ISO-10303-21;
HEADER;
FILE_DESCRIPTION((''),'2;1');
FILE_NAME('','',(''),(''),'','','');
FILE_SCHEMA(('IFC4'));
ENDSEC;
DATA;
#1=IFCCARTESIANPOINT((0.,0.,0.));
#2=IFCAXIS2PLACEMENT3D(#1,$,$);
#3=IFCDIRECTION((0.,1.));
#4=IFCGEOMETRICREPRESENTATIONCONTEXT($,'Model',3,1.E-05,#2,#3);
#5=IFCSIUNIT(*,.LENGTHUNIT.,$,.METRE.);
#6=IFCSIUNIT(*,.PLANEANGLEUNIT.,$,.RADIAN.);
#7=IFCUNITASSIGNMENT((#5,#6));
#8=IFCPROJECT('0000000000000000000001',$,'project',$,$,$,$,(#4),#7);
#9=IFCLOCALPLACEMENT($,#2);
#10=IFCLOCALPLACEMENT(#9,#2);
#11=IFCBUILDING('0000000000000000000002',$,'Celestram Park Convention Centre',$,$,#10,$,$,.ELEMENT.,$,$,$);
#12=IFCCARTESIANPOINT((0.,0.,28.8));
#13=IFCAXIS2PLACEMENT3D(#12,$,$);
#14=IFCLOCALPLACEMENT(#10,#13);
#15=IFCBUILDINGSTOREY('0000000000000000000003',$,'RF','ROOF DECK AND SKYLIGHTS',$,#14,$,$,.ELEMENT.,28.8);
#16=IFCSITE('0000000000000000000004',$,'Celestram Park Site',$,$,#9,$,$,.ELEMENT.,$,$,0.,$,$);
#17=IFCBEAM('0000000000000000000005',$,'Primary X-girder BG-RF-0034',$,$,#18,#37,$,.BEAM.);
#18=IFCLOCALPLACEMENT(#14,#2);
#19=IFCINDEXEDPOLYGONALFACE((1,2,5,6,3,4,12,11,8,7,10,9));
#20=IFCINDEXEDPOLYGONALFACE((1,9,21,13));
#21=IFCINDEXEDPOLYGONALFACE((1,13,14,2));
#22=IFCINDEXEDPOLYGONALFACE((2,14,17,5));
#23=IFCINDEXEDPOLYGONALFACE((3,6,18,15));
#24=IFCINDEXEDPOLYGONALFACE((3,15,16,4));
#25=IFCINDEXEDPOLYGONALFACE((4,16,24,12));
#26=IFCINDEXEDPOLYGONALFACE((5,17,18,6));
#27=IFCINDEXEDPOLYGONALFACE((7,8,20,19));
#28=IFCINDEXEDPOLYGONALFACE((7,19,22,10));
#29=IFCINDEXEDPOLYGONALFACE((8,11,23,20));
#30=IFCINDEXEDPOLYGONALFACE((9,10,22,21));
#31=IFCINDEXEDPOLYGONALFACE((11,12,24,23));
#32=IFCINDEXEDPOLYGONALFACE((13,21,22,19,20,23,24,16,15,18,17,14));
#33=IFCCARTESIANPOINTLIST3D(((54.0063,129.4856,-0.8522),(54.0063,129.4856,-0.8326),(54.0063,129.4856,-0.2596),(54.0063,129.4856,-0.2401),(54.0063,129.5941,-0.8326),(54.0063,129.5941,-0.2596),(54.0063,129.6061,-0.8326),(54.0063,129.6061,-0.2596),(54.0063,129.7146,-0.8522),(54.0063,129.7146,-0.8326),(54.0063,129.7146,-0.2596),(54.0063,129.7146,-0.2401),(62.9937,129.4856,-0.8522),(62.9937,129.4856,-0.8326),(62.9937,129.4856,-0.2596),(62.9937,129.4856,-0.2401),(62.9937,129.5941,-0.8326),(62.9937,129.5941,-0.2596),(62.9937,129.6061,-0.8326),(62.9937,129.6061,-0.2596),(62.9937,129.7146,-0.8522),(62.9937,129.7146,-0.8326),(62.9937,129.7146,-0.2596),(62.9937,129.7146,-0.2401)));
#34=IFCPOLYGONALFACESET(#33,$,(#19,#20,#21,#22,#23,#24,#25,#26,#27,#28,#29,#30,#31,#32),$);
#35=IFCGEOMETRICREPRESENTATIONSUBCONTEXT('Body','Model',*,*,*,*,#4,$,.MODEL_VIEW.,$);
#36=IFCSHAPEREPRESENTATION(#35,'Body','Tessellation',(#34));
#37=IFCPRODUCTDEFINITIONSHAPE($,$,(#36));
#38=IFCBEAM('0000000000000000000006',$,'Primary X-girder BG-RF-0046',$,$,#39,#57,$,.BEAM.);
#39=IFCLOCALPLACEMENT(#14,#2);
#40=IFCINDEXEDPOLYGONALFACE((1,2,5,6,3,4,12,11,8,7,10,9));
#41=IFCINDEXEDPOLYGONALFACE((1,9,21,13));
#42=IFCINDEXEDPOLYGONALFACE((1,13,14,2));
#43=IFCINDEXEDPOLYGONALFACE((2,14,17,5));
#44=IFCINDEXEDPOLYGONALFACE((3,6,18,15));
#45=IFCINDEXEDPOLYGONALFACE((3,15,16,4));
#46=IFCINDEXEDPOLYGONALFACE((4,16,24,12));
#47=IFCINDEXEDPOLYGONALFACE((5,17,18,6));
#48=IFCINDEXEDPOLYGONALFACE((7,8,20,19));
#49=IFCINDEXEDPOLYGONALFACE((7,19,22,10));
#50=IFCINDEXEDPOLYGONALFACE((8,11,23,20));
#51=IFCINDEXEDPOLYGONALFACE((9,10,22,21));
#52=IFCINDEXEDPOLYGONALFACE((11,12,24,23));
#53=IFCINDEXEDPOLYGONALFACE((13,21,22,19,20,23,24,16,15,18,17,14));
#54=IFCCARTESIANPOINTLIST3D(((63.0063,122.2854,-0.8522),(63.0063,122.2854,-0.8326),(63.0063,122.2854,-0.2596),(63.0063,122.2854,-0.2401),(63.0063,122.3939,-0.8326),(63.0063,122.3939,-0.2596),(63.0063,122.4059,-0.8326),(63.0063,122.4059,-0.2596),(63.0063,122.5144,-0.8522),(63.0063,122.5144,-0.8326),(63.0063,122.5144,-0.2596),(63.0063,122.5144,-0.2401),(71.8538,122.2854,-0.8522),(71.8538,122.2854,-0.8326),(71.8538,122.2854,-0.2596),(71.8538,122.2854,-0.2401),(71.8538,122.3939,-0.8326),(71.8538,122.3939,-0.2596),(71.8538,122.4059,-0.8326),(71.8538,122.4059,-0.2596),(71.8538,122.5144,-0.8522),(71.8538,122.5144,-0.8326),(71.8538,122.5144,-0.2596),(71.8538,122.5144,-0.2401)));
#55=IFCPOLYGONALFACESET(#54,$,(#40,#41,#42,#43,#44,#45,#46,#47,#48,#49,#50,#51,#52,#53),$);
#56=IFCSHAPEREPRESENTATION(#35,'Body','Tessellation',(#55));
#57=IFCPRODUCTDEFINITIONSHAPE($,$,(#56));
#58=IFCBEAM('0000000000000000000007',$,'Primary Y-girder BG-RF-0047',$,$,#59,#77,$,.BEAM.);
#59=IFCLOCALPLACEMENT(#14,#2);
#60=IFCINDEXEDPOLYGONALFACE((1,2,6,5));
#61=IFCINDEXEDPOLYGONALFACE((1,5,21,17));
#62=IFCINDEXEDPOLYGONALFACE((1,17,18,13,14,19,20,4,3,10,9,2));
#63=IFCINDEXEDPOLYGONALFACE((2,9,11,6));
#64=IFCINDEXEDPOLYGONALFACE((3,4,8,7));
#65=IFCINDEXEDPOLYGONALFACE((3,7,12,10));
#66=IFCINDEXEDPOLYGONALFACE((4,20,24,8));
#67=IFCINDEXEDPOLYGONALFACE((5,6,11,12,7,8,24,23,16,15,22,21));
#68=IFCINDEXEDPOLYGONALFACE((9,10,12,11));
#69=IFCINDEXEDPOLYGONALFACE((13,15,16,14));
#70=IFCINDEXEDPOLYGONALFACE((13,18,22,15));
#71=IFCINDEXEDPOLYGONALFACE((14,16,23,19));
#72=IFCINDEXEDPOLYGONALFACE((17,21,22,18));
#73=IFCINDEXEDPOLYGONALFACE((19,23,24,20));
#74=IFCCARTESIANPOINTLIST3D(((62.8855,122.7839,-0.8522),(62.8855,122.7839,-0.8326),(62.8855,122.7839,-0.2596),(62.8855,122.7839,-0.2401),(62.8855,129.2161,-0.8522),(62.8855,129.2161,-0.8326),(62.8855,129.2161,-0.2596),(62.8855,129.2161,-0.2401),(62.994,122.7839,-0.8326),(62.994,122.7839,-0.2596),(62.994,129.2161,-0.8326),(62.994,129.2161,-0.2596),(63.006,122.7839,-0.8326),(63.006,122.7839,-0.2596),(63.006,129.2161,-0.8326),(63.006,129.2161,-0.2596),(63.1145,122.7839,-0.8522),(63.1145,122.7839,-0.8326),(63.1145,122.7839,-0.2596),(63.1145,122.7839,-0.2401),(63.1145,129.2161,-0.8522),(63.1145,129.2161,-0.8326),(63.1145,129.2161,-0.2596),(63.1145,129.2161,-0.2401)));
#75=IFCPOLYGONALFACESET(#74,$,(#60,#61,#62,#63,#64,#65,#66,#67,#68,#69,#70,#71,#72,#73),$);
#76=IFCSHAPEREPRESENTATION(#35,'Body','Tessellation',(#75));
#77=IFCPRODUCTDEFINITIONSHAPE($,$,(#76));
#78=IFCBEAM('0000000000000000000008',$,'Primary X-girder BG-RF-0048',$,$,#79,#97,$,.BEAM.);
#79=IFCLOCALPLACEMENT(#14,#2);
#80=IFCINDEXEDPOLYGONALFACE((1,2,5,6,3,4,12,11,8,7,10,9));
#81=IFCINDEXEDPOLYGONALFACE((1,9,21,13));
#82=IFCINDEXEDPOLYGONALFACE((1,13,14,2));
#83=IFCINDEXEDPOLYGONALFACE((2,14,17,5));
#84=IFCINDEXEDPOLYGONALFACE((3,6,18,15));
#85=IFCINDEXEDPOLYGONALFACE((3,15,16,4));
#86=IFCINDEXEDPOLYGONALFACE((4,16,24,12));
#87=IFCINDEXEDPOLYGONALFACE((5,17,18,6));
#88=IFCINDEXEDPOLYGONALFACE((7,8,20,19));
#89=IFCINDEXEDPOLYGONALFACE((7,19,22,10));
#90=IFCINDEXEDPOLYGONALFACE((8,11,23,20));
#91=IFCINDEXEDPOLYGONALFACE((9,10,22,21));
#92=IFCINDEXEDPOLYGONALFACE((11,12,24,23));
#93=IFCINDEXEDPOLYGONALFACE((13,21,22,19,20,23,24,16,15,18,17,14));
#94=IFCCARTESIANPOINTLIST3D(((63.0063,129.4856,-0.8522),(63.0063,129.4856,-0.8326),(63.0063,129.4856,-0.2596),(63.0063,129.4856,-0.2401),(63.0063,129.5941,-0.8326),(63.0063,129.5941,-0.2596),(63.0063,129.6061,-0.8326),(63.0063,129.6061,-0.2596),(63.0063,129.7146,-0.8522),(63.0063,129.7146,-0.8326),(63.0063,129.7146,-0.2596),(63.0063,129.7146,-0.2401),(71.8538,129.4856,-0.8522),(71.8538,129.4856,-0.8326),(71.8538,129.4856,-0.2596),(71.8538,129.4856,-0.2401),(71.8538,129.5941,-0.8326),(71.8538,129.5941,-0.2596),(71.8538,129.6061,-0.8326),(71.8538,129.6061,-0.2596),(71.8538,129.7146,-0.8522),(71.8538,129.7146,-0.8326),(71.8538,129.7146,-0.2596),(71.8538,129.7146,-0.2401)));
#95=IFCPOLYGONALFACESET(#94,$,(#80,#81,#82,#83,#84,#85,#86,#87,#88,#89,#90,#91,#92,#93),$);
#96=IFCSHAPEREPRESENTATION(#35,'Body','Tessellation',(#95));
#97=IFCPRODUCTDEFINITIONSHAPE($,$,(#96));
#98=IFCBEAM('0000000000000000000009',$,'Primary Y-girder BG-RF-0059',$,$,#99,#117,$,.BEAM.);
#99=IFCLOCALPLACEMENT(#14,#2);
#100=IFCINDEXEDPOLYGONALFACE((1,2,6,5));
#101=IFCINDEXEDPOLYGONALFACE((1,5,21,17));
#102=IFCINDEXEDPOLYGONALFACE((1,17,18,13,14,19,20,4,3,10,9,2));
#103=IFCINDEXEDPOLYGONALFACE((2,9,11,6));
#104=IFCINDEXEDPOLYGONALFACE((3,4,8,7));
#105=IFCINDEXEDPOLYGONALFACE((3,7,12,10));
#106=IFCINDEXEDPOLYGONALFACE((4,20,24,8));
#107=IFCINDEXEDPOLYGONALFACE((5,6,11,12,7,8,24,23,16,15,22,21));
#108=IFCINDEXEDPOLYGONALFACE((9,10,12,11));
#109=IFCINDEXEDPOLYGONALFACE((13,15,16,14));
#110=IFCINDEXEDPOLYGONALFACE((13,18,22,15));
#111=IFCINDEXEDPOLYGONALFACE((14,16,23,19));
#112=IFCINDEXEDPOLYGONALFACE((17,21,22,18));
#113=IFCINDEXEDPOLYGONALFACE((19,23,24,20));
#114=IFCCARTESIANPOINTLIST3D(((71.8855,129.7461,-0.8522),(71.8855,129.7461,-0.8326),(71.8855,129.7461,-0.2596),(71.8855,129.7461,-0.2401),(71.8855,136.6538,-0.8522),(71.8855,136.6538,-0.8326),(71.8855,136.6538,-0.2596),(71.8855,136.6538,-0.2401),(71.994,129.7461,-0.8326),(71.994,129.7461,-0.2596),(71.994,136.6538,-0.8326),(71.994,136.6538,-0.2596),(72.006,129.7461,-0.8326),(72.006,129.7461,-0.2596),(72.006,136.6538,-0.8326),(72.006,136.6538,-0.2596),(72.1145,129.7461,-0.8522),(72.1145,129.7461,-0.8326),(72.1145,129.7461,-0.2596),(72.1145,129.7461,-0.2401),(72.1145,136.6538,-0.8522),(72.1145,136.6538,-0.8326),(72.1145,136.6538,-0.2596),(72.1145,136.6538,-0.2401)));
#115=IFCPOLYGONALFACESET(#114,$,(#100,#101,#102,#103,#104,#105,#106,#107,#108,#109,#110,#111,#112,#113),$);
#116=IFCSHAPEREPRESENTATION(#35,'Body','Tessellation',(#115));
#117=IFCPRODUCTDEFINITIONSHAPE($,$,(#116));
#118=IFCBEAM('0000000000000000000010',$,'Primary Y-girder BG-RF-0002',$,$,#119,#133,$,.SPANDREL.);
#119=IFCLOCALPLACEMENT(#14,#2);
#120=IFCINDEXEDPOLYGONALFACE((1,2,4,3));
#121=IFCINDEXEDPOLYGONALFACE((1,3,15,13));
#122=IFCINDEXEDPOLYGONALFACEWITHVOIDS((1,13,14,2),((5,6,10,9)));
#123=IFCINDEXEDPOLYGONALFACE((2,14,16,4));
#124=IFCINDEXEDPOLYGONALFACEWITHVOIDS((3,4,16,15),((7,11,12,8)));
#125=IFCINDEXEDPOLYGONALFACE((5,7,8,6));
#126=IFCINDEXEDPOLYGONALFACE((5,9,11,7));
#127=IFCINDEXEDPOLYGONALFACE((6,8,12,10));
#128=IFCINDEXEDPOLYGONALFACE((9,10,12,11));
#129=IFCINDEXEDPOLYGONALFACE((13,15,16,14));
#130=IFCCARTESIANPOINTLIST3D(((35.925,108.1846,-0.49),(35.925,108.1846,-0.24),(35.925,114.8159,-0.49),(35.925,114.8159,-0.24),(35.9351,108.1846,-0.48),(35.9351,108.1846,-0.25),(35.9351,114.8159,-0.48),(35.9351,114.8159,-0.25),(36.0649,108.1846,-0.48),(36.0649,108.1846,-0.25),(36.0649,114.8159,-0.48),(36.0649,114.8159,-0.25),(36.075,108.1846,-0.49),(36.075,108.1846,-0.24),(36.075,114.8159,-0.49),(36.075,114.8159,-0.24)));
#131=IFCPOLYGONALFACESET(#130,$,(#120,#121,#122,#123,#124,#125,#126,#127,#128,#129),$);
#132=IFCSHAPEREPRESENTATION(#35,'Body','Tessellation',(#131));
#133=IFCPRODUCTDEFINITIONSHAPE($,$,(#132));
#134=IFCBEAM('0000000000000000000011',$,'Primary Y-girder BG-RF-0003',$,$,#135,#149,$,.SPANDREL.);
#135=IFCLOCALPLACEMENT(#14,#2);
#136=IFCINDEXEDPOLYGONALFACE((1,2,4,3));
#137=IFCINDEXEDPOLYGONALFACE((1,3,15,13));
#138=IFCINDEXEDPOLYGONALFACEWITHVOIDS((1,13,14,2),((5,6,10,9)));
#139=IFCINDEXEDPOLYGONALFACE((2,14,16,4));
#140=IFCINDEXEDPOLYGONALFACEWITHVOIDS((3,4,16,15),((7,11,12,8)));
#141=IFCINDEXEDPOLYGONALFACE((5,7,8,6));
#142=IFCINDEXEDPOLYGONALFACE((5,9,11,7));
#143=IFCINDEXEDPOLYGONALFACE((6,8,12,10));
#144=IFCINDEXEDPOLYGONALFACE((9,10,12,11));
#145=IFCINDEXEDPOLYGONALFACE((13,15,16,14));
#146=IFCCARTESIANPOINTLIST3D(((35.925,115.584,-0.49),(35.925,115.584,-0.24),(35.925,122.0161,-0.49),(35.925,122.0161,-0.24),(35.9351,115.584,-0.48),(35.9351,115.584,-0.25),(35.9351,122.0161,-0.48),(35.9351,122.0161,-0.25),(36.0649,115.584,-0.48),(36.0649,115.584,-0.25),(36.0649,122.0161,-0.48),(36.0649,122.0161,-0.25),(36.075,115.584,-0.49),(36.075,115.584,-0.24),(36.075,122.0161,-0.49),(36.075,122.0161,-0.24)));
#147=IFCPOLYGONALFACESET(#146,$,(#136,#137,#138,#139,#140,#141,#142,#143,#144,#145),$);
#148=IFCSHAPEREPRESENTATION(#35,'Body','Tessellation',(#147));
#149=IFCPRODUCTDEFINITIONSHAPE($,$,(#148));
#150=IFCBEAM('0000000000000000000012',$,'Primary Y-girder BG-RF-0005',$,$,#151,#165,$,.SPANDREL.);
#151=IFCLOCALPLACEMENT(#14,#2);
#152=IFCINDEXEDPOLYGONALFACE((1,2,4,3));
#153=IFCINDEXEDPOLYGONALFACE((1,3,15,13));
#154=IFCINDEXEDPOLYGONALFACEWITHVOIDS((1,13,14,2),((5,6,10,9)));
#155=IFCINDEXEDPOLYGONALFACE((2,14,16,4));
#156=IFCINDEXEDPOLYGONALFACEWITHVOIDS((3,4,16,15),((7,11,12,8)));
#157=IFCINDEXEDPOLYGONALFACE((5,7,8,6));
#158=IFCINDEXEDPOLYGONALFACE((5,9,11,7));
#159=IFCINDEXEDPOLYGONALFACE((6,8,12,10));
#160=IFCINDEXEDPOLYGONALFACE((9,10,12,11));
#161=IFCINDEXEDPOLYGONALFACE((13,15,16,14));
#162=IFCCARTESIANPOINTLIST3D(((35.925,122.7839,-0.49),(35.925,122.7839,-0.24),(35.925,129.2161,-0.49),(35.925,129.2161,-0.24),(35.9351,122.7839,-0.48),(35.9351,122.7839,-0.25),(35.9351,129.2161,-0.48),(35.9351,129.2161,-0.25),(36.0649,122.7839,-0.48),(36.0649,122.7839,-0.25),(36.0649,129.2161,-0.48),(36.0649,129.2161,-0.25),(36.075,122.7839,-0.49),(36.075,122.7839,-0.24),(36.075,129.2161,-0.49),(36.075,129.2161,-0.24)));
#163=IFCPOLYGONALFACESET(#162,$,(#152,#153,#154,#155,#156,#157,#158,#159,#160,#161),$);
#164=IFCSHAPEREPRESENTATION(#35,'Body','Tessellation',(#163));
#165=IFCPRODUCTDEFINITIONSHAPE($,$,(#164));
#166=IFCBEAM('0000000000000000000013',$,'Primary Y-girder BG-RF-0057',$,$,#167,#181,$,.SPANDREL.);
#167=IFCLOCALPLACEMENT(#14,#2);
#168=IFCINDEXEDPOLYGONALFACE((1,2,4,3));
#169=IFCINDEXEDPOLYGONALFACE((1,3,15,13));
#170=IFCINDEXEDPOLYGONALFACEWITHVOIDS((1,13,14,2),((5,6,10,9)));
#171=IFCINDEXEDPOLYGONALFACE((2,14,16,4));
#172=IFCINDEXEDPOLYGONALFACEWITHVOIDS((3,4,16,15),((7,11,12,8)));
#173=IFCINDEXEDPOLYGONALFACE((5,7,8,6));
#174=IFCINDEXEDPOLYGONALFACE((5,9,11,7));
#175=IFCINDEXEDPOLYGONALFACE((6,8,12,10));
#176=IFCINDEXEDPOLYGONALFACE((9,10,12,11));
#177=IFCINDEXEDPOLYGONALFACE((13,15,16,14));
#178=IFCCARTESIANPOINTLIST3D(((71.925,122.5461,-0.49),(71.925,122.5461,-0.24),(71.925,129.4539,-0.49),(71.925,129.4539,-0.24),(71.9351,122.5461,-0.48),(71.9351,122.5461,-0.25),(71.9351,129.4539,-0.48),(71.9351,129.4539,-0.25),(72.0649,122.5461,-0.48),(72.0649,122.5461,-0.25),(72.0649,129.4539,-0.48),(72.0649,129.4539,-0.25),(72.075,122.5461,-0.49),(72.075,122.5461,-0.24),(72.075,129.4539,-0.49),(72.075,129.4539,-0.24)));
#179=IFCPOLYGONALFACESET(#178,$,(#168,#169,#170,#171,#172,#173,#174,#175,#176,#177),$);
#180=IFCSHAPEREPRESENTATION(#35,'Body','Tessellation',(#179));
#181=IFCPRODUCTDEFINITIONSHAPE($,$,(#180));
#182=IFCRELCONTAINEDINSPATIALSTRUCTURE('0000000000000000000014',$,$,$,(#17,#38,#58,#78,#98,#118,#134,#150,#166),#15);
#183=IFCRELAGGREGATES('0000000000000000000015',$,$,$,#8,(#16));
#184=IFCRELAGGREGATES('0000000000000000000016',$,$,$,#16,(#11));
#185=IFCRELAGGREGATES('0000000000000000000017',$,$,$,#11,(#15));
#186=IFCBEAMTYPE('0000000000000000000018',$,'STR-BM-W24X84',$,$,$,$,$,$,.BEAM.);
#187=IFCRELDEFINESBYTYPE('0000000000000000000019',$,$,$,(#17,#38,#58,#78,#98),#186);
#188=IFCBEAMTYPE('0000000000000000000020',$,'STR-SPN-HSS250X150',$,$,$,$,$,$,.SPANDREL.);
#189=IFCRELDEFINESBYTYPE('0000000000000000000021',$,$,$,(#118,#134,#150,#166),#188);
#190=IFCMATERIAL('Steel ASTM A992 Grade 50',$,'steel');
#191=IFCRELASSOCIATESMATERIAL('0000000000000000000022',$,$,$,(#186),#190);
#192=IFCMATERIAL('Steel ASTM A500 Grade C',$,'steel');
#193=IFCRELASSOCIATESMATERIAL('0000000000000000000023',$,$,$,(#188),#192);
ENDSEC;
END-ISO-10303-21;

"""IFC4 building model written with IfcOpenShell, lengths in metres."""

from ifc_helpers import new_model, si_unit, direction, frame, origin, origin_2d, place, context, subcontext, project, spatial, hollow_rectangle, i_section, extrude, material, material_profile, profile_set, type_object, element, save


model = new_model("IFC4")

# Units and contexts
model_context = context("Model", 3, precision=1e-05, world=origin(), true_north=direction((0.0, 1.0)))
body_context = subcontext(model_context, "Body", "Model", "MODEL_VIEW")
ifc_project = project(units=[si_unit("LENGTHUNIT", "METRE"), si_unit("PLANEANGLEUNIT", "RADIAN")], contexts=[model_context])

# Site, building, storey
site_placement = place(None, origin())
site = spatial("IfcSite", under=ifc_project, at=site_placement, Name="Celestram Park Site", CompositionType="ELEMENT", RefElevation=0.0)
building_placement = place(site_placement, origin())
building = spatial("IfcBuilding", under=site, at=building_placement, Name="Celestram Park Convention Centre", CompositionType="ELEMENT")
storey_placement = place(building_placement, frame((0.0, 0.0, 28.8)))
storey = spatial("IfcBuildingStorey", under=building, at=storey_placement, Name="RF", Description="ROOF DECK AND SKYLIGHTS", CompositionType="ELEMENT", Elevation=28.8)

# Beams
ifc_material_1 = material(Name="Steel ASTM A992 Grade 50", Category="steel")
ifc_material_profile_1 = material_profile(ifc_material_1, i_section(OverallWidth=0.229, OverallDepth=0.6121, WebThickness=0.012, FlangeThickness=0.0195, at=origin_2d()), Name="W24X84")
ifc_profile_set_1 = profile_set([ifc_material_profile_1], Name="Steel ASTM A992 Grade 50")
beam_type_1 = type_object("IfcBeamType", Name="STR-BM-W24X84", PredefinedType="BEAM", material=ifc_profile_set_1)
beam_1_placement = place(storey_placement, frame((54.0063, 129.6001, -0.5461), z_axis=(1.0, 0.0, 0.0), x_axis=(0.0, 1.0, 0.0)))
element("IfcBeam", 1, at=beam_1_placement, inside=storey, type_object=beam_type_1, Name="Primary X-girder BG-RF-0034", PredefinedType="BEAM", context=body_context, shape_type="SweptSolid", body=[
    extrude(i_section(OverallWidth=0.229, OverallDepth=0.6121, WebThickness=0.012, FlangeThickness=0.0195, at=origin_2d()), origin(), (0.0, 0.0, 1.0), 8.9873),
])
beam_2_placement = place(storey_placement, frame((63.0063, 122.3999, -0.5461), z_axis=(1.0, 0.0, 0.0), x_axis=(0.0, 1.0, 0.0)))
element("IfcBeam", 2, at=beam_2_placement, inside=storey, type_object=beam_type_1, Name="Primary X-girder BG-RF-0046", PredefinedType="BEAM", context=body_context, shape_type="SweptSolid", body=[
    extrude(i_section(OverallWidth=0.229, OverallDepth=0.6121, WebThickness=0.012, FlangeThickness=0.0195, at=origin_2d()), origin(), (0.0, 0.0, 1.0), 8.8474),
])
beam_3_placement = place(storey_placement, frame((63.0, 122.7839, -0.5461), z_axis=(0.0, 1.0, 0.0), x_axis=(-1.0, 0.0, 0.0)))
element("IfcBeam", 3, at=beam_3_placement, inside=storey, type_object=beam_type_1, Name="Primary Y-girder BG-RF-0047", PredefinedType="BEAM", context=body_context, shape_type="SweptSolid", body=[
    extrude(i_section(OverallWidth=0.229, OverallDepth=0.6121, WebThickness=0.012, FlangeThickness=0.0195, at=origin_2d()), origin(), (0.0, 0.0, 1.0), 6.4321),
])
beam_4_placement = place(storey_placement, frame((63.0063, 129.6001, -0.5461), z_axis=(1.0, 0.0, 0.0), x_axis=(0.0, 1.0, 0.0)))
element("IfcBeam", 4, at=beam_4_placement, inside=storey, type_object=beam_type_1, Name="Primary X-girder BG-RF-0048", PredefinedType="BEAM", context=body_context, shape_type="SweptSolid", body=[
    extrude(i_section(OverallWidth=0.229, OverallDepth=0.6121, WebThickness=0.012, FlangeThickness=0.0195, at=origin_2d()), origin(), (0.0, 0.0, 1.0), 8.8474),
])
beam_5_placement = place(storey_placement, frame((72.0, 129.7461, -0.5461), z_axis=(0.0, 1.0, 0.0), x_axis=(-1.0, 0.0, 0.0)))
element("IfcBeam", 5, at=beam_5_placement, inside=storey, type_object=beam_type_1, Name="Primary Y-girder BG-RF-0059", PredefinedType="BEAM", context=body_context, shape_type="SweptSolid", body=[
    extrude(i_section(OverallWidth=0.229, OverallDepth=0.6121, WebThickness=0.012, FlangeThickness=0.0195, at=origin_2d()), origin(), (0.0, 0.0, 1.0), 6.9077),
])
ifc_material_2 = material(Name="Steel ASTM A500 Grade C", Category="steel")
ifc_material_profile_2 = material_profile(ifc_material_2, hollow_rectangle(XDim=0.1499, YDim=0.25, WallThickness=0.01, at=origin_2d()), Name="HSS250X150X10")
ifc_profile_set_2 = profile_set([ifc_material_profile_2], Name="Steel ASTM A500 Grade C")
beam_type_2 = type_object("IfcBeamType", Name="STR-SPN-HSS250X150", PredefinedType="SPANDREL", material=ifc_profile_set_2)
beam_6_placement = place(storey_placement, frame((36.0, 108.1846, -0.365), z_axis=(0.0, 1.0, 0.0), x_axis=(-1.0, 0.0, 0.0)))
element("IfcBeam", 6, at=beam_6_placement, inside=storey, type_object=beam_type_2, Name="Primary Y-girder BG-RF-0002", PredefinedType="SPANDREL", context=body_context, shape_type="SweptSolid", body=[
    extrude(hollow_rectangle(XDim=0.1499, YDim=0.25, WallThickness=0.01, at=origin_2d()), origin(), (0.0, 0.0, 1.0), 6.6313),
])
for number, where, z_axis, x_axis, name in (
    (7, (36.0, 115.584, -0.365), (0.0, 1.0, 0.0), (-1.0, 0.0, 0.0), "Primary Y-girder BG-RF-0003"),
    (8, (36.0, 122.7839, -0.365), (0.0, 1.0, 0.0), (-1.0, 0.0, 0.0), "Primary Y-girder BG-RF-0005"),
):
    element("IfcBeam", number, at=place(storey_placement, frame(where, z_axis=z_axis, x_axis=x_axis)), inside=storey, type_object=beam_type_2, Name=name, PredefinedType="SPANDREL", context=body_context, shape_type="SweptSolid", body=[
        extrude(hollow_rectangle(XDim=0.1499, YDim=0.25, WallThickness=0.01, at=origin_2d()), origin(), (0.0, 0.0, 1.0), 6.4321),
    ])
beam_7_placement = place(storey_placement, frame((72.0, 122.5461, -0.365), z_axis=(0.0, 1.0, 0.0), x_axis=(-1.0, 0.0, 0.0)))
element("IfcBeam", 9, at=beam_7_placement, inside=storey, type_object=beam_type_2, Name="Primary Y-girder BG-RF-0057", PredefinedType="SPANDREL", context=body_context, shape_type="SweptSolid", body=[
    extrude(hollow_rectangle(XDim=0.1499, YDim=0.25, WallThickness=0.01, at=origin_2d()), origin(), (0.0, 0.0, 1.0), 6.9077),
])

save(model, "model.ifc")
